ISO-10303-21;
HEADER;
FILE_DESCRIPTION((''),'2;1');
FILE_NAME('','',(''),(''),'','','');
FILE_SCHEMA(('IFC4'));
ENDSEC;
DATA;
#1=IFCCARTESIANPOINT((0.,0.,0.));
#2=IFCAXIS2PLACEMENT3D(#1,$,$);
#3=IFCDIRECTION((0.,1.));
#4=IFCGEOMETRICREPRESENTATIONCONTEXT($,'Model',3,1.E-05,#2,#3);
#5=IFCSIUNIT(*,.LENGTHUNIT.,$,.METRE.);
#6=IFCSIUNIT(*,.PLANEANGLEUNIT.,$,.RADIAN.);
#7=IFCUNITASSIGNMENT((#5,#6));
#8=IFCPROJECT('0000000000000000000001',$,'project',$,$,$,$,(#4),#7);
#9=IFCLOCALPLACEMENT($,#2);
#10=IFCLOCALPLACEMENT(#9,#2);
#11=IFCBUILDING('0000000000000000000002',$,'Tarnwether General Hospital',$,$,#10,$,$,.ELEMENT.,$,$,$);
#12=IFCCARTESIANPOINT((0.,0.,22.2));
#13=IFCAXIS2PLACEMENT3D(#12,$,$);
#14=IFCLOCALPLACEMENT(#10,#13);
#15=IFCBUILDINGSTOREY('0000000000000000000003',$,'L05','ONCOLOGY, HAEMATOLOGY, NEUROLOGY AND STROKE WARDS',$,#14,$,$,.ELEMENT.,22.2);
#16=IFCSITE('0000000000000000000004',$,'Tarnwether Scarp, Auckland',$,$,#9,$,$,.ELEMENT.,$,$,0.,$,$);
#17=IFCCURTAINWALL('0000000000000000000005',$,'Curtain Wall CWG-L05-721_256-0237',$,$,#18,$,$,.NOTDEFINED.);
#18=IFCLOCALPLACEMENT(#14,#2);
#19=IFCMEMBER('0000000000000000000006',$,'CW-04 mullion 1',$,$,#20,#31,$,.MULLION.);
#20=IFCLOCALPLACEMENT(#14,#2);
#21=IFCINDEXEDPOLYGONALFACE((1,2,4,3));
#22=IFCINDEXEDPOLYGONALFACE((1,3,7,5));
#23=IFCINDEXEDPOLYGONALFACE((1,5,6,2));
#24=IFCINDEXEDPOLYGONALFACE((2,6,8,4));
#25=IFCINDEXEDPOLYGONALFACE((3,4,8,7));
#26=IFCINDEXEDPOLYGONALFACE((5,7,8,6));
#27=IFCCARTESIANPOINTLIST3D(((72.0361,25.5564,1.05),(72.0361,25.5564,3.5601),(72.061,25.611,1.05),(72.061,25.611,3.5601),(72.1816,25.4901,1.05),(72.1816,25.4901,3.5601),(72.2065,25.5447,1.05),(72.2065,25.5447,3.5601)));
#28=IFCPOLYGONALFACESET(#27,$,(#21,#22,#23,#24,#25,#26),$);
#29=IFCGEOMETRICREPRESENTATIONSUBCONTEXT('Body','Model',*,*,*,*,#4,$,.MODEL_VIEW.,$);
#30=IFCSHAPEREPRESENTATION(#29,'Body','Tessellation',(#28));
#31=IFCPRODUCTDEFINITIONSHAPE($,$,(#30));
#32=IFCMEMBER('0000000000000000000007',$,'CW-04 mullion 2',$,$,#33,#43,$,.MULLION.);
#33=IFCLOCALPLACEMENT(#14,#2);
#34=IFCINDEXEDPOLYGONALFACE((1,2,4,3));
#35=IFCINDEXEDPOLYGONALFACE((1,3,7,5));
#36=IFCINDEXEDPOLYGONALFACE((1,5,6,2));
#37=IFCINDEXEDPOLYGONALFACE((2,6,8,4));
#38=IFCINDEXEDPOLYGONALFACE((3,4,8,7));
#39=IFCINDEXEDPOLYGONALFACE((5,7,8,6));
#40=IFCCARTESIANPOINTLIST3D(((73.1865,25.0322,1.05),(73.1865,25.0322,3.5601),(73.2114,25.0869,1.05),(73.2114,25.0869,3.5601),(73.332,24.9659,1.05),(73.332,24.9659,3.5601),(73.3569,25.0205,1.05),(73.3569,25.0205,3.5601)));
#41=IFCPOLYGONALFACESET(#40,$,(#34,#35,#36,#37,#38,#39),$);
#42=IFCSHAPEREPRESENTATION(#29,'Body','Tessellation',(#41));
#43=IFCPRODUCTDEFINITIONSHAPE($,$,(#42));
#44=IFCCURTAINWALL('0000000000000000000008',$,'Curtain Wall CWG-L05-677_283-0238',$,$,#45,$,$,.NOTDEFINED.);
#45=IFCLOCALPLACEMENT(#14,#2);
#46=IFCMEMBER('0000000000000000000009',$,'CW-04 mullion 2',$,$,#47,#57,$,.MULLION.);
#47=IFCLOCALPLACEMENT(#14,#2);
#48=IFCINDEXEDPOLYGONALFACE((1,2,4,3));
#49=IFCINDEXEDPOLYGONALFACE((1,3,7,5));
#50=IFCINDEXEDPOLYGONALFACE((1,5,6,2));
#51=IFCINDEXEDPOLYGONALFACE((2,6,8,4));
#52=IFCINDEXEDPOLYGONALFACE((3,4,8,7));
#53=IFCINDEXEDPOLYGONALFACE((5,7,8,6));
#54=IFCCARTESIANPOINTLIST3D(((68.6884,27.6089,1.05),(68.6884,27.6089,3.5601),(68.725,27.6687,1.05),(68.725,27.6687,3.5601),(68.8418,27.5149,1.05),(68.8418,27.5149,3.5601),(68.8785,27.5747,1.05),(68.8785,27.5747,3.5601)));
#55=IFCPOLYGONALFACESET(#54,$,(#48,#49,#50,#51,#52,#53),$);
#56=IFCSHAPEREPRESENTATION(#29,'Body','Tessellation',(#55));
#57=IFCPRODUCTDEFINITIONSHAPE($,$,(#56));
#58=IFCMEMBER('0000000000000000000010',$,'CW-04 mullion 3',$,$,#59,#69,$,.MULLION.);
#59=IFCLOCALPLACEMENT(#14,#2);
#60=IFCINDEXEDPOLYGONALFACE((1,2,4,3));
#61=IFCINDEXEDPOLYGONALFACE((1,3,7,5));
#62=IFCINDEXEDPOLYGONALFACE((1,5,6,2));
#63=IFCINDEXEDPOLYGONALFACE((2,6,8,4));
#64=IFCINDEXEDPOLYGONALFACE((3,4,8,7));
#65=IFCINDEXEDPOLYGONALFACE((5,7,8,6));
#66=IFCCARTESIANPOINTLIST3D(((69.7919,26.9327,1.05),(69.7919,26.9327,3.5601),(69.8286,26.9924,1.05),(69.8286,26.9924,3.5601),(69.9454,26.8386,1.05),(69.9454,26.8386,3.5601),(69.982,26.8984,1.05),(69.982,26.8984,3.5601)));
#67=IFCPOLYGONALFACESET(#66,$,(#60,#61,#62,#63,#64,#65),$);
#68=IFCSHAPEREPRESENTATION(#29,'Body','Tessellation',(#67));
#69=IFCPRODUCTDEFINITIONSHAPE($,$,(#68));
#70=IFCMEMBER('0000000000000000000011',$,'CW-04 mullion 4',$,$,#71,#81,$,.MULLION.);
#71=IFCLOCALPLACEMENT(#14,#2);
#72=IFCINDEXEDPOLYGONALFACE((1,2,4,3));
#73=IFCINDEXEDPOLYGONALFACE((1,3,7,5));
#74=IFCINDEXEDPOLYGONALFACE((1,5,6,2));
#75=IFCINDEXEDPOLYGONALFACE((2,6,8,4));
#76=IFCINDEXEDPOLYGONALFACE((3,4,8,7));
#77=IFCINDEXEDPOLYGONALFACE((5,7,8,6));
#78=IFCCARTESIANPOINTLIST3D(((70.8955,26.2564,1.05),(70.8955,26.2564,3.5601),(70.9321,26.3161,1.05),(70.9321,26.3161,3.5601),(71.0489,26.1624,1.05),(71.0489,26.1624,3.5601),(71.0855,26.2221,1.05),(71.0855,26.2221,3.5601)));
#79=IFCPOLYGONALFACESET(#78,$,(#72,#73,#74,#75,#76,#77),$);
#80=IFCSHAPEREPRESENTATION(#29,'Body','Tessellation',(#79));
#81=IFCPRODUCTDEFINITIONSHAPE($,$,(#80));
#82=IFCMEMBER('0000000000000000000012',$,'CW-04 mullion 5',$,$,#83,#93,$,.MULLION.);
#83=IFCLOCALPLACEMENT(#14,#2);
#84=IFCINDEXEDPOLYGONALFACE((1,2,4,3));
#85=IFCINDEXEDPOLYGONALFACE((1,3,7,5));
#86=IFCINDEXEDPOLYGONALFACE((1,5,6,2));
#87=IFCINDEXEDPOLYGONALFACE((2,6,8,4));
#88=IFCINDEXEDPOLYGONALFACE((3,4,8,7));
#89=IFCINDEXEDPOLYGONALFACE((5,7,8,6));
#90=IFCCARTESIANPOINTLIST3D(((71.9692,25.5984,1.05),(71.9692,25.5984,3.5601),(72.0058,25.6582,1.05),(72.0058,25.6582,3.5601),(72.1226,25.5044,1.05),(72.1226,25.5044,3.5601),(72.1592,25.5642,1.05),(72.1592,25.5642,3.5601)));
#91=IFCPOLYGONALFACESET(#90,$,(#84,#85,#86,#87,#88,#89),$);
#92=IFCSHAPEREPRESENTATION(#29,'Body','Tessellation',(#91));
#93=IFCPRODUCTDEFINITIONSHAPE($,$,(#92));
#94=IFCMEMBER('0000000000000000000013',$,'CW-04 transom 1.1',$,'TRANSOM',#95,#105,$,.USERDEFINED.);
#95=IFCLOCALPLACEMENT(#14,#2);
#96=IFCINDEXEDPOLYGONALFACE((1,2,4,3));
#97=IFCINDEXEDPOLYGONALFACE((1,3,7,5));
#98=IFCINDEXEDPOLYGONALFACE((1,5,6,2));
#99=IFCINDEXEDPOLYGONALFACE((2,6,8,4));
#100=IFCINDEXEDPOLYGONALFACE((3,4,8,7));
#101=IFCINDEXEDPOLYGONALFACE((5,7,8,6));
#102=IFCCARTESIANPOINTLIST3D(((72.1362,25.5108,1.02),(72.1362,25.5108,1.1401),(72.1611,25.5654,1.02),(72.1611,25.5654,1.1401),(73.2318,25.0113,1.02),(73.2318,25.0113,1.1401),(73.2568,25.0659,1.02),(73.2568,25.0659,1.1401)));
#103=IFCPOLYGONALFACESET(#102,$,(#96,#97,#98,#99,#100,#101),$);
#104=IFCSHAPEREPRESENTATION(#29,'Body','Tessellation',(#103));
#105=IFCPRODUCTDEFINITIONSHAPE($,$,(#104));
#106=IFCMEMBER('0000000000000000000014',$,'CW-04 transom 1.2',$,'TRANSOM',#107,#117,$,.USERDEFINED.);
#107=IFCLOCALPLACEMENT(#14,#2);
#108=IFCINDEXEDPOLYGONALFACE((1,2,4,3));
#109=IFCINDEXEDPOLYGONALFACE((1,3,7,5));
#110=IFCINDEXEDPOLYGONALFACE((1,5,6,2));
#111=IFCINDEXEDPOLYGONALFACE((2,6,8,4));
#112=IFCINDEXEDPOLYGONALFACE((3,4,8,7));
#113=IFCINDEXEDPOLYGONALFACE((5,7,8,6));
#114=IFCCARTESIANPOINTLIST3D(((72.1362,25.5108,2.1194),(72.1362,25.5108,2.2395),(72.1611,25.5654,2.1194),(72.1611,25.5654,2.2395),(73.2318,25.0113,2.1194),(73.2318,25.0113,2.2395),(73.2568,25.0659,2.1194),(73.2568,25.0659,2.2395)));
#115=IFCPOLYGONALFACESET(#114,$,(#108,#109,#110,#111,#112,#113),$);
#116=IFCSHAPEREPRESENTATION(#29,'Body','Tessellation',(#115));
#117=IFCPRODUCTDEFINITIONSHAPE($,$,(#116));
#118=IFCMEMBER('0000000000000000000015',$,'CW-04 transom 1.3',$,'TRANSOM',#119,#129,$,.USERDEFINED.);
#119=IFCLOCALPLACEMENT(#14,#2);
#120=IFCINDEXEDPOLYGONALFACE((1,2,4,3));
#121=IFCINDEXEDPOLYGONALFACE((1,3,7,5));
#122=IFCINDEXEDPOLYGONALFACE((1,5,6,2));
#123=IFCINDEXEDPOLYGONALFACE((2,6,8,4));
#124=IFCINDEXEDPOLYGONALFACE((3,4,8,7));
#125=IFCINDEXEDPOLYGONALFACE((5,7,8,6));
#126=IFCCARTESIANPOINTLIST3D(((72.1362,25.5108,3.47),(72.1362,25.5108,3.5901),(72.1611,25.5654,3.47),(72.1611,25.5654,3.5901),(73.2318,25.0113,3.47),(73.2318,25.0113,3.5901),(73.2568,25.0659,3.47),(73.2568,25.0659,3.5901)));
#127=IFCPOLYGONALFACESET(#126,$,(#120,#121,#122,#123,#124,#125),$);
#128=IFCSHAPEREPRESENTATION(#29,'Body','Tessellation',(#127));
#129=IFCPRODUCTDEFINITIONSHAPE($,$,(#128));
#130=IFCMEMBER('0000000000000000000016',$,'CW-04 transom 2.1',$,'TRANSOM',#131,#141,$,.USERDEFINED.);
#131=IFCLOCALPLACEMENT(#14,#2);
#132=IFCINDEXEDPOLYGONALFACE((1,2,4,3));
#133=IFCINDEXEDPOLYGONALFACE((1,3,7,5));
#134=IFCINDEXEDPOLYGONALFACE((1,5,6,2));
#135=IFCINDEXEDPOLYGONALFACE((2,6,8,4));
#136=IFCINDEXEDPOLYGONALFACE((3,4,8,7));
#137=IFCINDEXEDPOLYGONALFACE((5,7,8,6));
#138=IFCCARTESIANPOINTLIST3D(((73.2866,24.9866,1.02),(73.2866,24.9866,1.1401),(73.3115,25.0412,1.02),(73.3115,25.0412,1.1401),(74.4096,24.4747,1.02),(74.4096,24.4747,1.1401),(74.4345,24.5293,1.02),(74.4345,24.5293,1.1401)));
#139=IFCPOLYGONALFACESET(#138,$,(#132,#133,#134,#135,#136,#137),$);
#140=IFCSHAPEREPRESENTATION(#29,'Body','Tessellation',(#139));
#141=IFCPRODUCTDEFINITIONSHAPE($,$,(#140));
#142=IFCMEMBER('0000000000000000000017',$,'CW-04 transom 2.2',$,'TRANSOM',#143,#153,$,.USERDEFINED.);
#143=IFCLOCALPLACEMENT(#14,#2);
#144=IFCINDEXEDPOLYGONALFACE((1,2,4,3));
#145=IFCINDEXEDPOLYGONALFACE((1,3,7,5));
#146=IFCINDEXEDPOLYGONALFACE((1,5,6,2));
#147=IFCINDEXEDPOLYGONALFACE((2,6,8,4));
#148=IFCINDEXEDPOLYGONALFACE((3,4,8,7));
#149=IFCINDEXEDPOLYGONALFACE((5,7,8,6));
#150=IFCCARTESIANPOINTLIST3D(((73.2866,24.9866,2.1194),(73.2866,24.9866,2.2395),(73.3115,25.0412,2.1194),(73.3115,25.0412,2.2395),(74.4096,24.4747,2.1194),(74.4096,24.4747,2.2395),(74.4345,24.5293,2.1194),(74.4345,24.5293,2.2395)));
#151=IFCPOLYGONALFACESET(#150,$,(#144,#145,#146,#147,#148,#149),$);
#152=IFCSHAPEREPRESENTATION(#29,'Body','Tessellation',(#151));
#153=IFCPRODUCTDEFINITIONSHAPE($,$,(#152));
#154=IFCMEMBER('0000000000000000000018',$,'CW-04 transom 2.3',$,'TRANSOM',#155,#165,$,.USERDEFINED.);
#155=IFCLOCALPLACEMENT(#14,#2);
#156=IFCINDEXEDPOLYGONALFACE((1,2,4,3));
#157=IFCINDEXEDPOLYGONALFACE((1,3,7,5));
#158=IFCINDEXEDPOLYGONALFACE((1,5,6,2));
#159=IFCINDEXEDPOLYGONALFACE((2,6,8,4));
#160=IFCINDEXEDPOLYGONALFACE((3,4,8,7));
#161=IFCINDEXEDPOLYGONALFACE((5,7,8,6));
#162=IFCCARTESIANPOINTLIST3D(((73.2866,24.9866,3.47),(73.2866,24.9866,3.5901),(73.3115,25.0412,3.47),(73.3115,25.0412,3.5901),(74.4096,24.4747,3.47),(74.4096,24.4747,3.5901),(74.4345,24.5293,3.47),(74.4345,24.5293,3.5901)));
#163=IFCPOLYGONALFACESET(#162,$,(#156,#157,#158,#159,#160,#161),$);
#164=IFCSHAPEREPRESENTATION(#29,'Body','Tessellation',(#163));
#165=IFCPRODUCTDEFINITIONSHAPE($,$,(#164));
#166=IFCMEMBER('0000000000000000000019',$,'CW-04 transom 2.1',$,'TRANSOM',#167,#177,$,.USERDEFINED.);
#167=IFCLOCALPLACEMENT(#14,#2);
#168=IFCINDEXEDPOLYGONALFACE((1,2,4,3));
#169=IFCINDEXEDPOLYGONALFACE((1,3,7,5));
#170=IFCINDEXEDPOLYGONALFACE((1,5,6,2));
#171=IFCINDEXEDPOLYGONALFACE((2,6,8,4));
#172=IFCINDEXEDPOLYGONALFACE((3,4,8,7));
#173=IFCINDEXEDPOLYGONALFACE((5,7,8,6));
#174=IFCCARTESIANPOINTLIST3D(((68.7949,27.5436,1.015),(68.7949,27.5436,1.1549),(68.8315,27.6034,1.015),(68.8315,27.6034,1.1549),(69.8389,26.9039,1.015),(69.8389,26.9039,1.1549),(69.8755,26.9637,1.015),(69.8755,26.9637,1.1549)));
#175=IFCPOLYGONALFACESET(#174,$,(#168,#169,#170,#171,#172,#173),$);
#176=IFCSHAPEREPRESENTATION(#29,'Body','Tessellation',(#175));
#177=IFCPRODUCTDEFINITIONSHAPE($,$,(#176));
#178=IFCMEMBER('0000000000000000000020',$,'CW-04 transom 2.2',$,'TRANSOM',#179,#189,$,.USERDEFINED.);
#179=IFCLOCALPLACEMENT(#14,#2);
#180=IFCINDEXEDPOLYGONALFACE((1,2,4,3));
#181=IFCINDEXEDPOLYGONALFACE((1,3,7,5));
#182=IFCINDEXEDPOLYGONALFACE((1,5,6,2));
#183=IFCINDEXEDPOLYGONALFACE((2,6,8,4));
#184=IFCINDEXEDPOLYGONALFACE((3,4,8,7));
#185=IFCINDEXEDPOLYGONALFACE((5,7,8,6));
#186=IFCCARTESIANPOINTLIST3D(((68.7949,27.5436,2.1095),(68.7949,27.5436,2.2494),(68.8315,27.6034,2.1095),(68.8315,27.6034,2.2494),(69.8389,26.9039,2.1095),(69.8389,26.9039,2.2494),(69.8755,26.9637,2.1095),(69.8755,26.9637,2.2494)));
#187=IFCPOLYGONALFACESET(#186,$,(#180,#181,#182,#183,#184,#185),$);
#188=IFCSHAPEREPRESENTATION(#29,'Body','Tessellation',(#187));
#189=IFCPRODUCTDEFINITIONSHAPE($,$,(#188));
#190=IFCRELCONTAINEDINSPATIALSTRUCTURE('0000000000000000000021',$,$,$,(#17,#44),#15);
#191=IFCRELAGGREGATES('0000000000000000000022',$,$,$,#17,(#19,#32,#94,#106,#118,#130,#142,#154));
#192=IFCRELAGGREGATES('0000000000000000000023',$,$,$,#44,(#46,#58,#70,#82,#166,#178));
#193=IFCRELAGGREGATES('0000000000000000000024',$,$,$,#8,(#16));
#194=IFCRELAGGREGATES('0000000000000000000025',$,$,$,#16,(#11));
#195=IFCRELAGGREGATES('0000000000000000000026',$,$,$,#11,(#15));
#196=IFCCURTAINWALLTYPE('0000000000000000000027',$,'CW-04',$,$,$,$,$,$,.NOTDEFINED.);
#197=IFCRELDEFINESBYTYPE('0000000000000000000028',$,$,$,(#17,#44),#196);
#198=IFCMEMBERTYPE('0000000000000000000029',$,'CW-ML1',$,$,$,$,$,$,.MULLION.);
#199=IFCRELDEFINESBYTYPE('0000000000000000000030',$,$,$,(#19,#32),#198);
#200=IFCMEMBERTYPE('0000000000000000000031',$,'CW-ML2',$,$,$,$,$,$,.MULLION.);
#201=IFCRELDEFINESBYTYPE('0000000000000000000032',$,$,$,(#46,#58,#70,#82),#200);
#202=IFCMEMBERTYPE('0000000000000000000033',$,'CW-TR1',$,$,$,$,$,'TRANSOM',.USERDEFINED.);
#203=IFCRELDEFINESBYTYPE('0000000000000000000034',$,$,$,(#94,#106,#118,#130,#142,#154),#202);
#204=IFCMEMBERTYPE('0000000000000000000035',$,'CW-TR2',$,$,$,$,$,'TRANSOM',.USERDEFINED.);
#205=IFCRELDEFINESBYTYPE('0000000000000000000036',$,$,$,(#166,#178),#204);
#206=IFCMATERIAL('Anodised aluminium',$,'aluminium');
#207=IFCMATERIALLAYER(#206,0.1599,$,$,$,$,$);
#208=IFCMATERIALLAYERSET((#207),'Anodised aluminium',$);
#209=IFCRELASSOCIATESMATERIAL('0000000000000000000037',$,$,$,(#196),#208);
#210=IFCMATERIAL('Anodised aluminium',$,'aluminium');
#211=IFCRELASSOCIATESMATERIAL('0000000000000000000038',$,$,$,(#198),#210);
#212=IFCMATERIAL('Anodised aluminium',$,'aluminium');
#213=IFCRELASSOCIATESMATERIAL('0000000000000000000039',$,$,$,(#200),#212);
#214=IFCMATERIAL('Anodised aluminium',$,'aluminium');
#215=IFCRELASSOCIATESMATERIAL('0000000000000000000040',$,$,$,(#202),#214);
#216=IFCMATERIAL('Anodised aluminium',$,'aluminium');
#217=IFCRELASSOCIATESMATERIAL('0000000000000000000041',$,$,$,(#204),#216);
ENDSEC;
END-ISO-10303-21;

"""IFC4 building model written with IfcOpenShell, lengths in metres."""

from ifc_helpers import new_model, si_unit, direction, frame, origin, origin_2d, place, context, subcontext, project, spatial, rectangle, extrude, material, layer, layer_set, material_profile, profile_set, type_object, element, aggregate, save


model = new_model("IFC4")

# Units and contexts
model_context = context("Model", 3, precision=1e-05, world=origin(), true_north=direction((0.0, 1.0)))
body_context = subcontext(model_context, "Body", "Model", "MODEL_VIEW")
ifc_project = project(units=[si_unit("LENGTHUNIT", "METRE"), si_unit("PLANEANGLEUNIT", "RADIAN")], contexts=[model_context])

# Site, building, storey
site_placement = place(None, origin())
site = spatial("IfcSite", under=ifc_project, at=site_placement, Name="Tarnwether Scarp, Auckland", CompositionType="ELEMENT", RefElevation=0.0)
building_placement = place(site_placement, origin())
building = spatial("IfcBuilding", under=site, at=building_placement, Name="Tarnwether General Hospital", CompositionType="ELEMENT")
storey_placement = place(building_placement, frame((0.0, 0.0, 22.2)))
storey = spatial("IfcBuildingStorey", under=building, at=storey_placement, Name="L05", Description="ONCOLOGY, HAEMATOLOGY, NEUROLOGY AND STROKE WARDS", CompositionType="ELEMENT", Elevation=22.2)

# Curtain walls, members
ifc_material_1 = material(Name="Anodised aluminium", Category="aluminium")
ifc_layer_1 = layer(ifc_material_1, 0.1599)
ifc_layer_set_1 = layer_set([ifc_layer_1], Name="Anodised aluminium")
curtain_wall_type = type_object("IfcCurtainWallType", Name="CW-04", PredefinedType="NOTDEFINED", material=ifc_layer_set_1)
curtain_wall_1_placement = place(storey_placement, origin())
curtain_wall_1 = element("IfcCurtainWall", 1, at=curtain_wall_1_placement, inside=storey, type_object=curtain_wall_type, Name="Curtain Wall CWG-L05-721_256-0237", PredefinedType="NOTDEFINED")
ifc_material_2 = material(Name="Anodised aluminium", Category="aluminium")
ifc_material_profile_1 = material_profile(ifc_material_2, rectangle(XDim=0.0601, YDim=0.1599, at=origin_2d()), Name="ALU-MUL-60x160")
ifc_profile_set_1 = profile_set([ifc_material_profile_1], Name="Anodised aluminium")
member_type_1 = type_object("IfcMemberType", Name="CW-ML1", PredefinedType="MULLION", material=ifc_profile_set_1)
member_1_placement = place(storey_placement, frame((72.1213, 25.5505, 1.05), z_axis=(0.0, 0.0, 1.0), x_axis=(0.414705, 0.909956, 0.0)))
member_1 = element("IfcMember", 2, at=member_1_placement, type_object=member_type_1, Name="CW-04 mullion 1", PredefinedType="MULLION", context=body_context, shape_type="SweptSolid", body=[
    extrude(rectangle(XDim=0.0601, YDim=0.1599, at=origin_2d()), origin(), (0.0, 0.0, 1.0), 2.51),
])
member_2_placement = place(storey_placement, frame((73.2717, 25.0264, 1.05), z_axis=(0.0, 0.0, 1.0), x_axis=(0.414705, 0.909956, 0.0)))
member_2 = element("IfcMember", 3, at=member_2_placement, type_object=member_type_1, Name="CW-04 mullion 2", PredefinedType="MULLION", context=body_context, shape_type="SweptSolid", body=[
    extrude(rectangle(XDim=0.0601, YDim=0.1599, at=origin_2d()), origin(), (0.0, 0.0, 1.0), 2.51),
])
curtain_wall_2_placement = place(storey_placement, origin())
curtain_wall_2 = element("IfcCurtainWall", 4, at=curtain_wall_2_placement, inside=storey, type_object=curtain_wall_type, Name="Curtain Wall CWG-L05-677_283-0238", PredefinedType="NOTDEFINED")
ifc_material_3 = material(Name="Anodised aluminium", Category="aluminium")
ifc_material_profile_2 = material_profile(ifc_material_3, rectangle(XDim=0.0701, YDim=0.1799, at=origin_2d()), Name="ALU-MUL-70x180")
ifc_profile_set_2 = profile_set([ifc_material_profile_2], Name="Anodised aluminium")
member_type_2 = type_object("IfcMemberType", Name="CW-ML2", PredefinedType="MULLION", material=ifc_profile_set_2)
member_3_placement = place(storey_placement, frame((68.7834, 27.5918, 1.05), z_axis=(0.0, 0.0, 1.0), x_axis=(0.522512, 0.852632, 0.0)))
member_3 = element("IfcMember", 5, at=member_3_placement, type_object=member_type_2, Name="CW-04 mullion 2", PredefinedType="MULLION", context=body_context, shape_type="SweptSolid", body=[
    extrude(rectangle(XDim=0.0701, YDim=0.1799, at=origin_2d()), origin(), (0.0, 0.0, 1.0), 2.51),
])
member_4_placement = place(storey_placement, frame((69.887, 26.9155, 1.05), z_axis=(0.0, 0.0, 1.0), x_axis=(0.522512, 0.852632, 0.0)))
member_4 = element("IfcMember", 6, at=member_4_placement, type_object=member_type_2, Name="CW-04 mullion 3", PredefinedType="MULLION", context=body_context, shape_type="SweptSolid", body=[
    extrude(rectangle(XDim=0.0701, YDim=0.1799, at=origin_2d()), origin(), (0.0, 0.0, 1.0), 2.51),
])
member_5_placement = place(storey_placement, frame((70.9905, 26.2393, 1.05), z_axis=(0.0, 0.0, 1.0), x_axis=(0.522512, 0.852632, 0.0)))
member_5 = element("IfcMember", 7, at=member_5_placement, type_object=member_type_2, Name="CW-04 mullion 4", PredefinedType="MULLION", context=body_context, shape_type="SweptSolid", body=[
    extrude(rectangle(XDim=0.0701, YDim=0.1799, at=origin_2d()), origin(), (0.0, 0.0, 1.0), 2.51),
])
member_6_placement = place(storey_placement, frame((72.0642, 25.5813, 1.05), z_axis=(0.0, 0.0, 1.0), x_axis=(0.522512, 0.852632, 0.0)))
member_6 = element("IfcMember", 8, at=member_6_placement, type_object=member_type_2, Name="CW-04 mullion 5", PredefinedType="MULLION", context=body_context, shape_type="SweptSolid", body=[
    extrude(rectangle(XDim=0.0701, YDim=0.1799, at=origin_2d()), origin(), (0.0, 0.0, 1.0), 2.51),
])

# Members
ifc_material_4 = material(Name="Anodised aluminium", Category="aluminium")
ifc_material_profile_3 = material_profile(ifc_material_4, rectangle(XDim=0.0601, YDim=0.1201, at=origin_2d()), Name="ALU-TRN-60x120")
ifc_profile_set_3 = profile_set([ifc_material_profile_3], Name="Anodised aluminium")
member_type_3 = type_object("IfcMemberType", Name="CW-TR1", ElementType="TRANSOM", PredefinedType="USERDEFINED", material=ifc_profile_set_3)
member_7_placement = place(storey_placement, frame((72.1487, 25.5381, 1.0801), z_axis=(0.909908, -0.414811, 0.0), x_axis=(0.414811, 0.909908, 0.0)))
member_7 = element("IfcMember", 9, at=member_7_placement, type_object=member_type_3, Name="CW-04 transom 1.1", ObjectType="TRANSOM", PredefinedType="USERDEFINED", context=body_context, shape_type="SweptSolid", body=[
    extrude(rectangle(XDim=0.0601, YDim=0.1201, at=origin_2d()), origin(), (0.0, 0.0, 1.0), 1.2041),
])
member_8_placement = place(storey_placement, frame((72.1487, 25.5381, 2.1794), z_axis=(0.909908, -0.414811, 0.0), x_axis=(0.414811, 0.909908, 0.0)))
member_8 = element("IfcMember", 10, at=member_8_placement, type_object=member_type_3, Name="CW-04 transom 1.2", ObjectType="TRANSOM", PredefinedType="USERDEFINED", context=body_context, shape_type="SweptSolid", body=[
    extrude(rectangle(XDim=0.0601, YDim=0.1201, at=origin_2d()), origin(), (0.0, 0.0, 1.0), 1.2041),
])
member_9_placement = place(storey_placement, frame((72.1487, 25.5381, 3.53), z_axis=(0.909908, -0.414811, 0.0), x_axis=(0.414811, 0.909908, 0.0)))
member_9 = element("IfcMember", 11, at=member_9_placement, type_object=member_type_3, Name="CW-04 transom 1.3", ObjectType="TRANSOM", PredefinedType="USERDEFINED", context=body_context, shape_type="SweptSolid", body=[
    extrude(rectangle(XDim=0.0601, YDim=0.1201, at=origin_2d()), origin(), (0.0, 0.0, 1.0), 1.2041),
])
member_10_placement = place(storey_placement, frame((73.2991, 25.0139, 1.0801), z_axis=(0.909912, -0.414801, 0.0), x_axis=(0.414801, 0.909912, 0.0)))
member_10 = element("IfcMember", 12, at=member_10_placement, type_object=member_type_3, Name="CW-04 transom 2.1", ObjectType="TRANSOM", PredefinedType="USERDEFINED", context=body_context, shape_type="SweptSolid", body=[
    extrude(rectangle(XDim=0.0601, YDim=0.1201, at=origin_2d()), origin(), (0.0, 0.0, 1.0), 1.2341),
])
member_11_placement = place(storey_placement, frame((73.2991, 25.0139, 2.1794), z_axis=(0.909912, -0.414801, 0.0), x_axis=(0.414801, 0.909912, 0.0)))
member_11 = element("IfcMember", 13, at=member_11_placement, type_object=member_type_3, Name="CW-04 transom 2.2", ObjectType="TRANSOM", PredefinedType="USERDEFINED", context=body_context, shape_type="SweptSolid", body=[
    extrude(rectangle(XDim=0.0601, YDim=0.1201, at=origin_2d()), origin(), (0.0, 0.0, 1.0), 1.2341),
])
member_12_placement = place(storey_placement, frame((73.2991, 25.0139, 3.53), z_axis=(0.909912, -0.414801, 0.0), x_axis=(0.414801, 0.909912, 0.0)))
member_12 = element("IfcMember", 14, at=member_12_placement, type_object=member_type_3, Name="CW-04 transom 2.3", ObjectType="TRANSOM", PredefinedType="USERDEFINED", context=body_context, shape_type="SweptSolid", body=[
    extrude(rectangle(XDim=0.0601, YDim=0.1201, at=origin_2d()), origin(), (0.0, 0.0, 1.0), 1.2341),
])
ifc_material_5 = material(Name="Anodised aluminium", Category="aluminium")
ifc_material_profile_4 = material_profile(ifc_material_5, rectangle(XDim=0.0701, YDim=0.1399, at=origin_2d()), Name="ALU-TRN-70x140")
ifc_profile_set_4 = profile_set([ifc_material_profile_4], Name="Anodised aluminium")
member_type_4 = type_object("IfcMemberType", Name="CW-TR2", ElementType="TRANSOM", PredefinedType="USERDEFINED", material=ifc_profile_set_4)
member_13_placement = place(storey_placement, frame((68.8132, 27.5735, 1.085), z_axis=(0.85267, -0.52245, 0.0), x_axis=(0.52245, 0.85267, 0.0)))
member_13 = element("IfcMember", 15, at=member_13_placement, type_object=member_type_4, Name="CW-04 transom 2.1", ObjectType="TRANSOM", PredefinedType="USERDEFINED", context=body_context, shape_type="SweptSolid", body=[
    extrude(rectangle(XDim=0.0701, YDim=0.1399, at=origin_2d()), origin(), (0.0, 0.0, 1.0), 1.2244),
])
member_14_placement = place(storey_placement, frame((68.8132, 27.5735, 2.1794), z_axis=(0.85267, -0.52245, 0.0), x_axis=(0.52245, 0.85267, 0.0)))
member_14 = element("IfcMember", 16, at=member_14_placement, type_object=member_type_4, Name="CW-04 transom 2.2", ObjectType="TRANSOM", PredefinedType="USERDEFINED", context=body_context, shape_type="SweptSolid", body=[
    extrude(rectangle(XDim=0.0701, YDim=0.1399, at=origin_2d()), origin(), (0.0, 0.0, 1.0), 1.2244),
])

aggregate(curtain_wall_1, [member_1, member_2, member_7, member_8, member_9, member_10, member_11, member_12])
aggregate(curtain_wall_2, [member_3, member_4, member_5, member_6, member_13, member_14])

save(model, "model.ifc")
